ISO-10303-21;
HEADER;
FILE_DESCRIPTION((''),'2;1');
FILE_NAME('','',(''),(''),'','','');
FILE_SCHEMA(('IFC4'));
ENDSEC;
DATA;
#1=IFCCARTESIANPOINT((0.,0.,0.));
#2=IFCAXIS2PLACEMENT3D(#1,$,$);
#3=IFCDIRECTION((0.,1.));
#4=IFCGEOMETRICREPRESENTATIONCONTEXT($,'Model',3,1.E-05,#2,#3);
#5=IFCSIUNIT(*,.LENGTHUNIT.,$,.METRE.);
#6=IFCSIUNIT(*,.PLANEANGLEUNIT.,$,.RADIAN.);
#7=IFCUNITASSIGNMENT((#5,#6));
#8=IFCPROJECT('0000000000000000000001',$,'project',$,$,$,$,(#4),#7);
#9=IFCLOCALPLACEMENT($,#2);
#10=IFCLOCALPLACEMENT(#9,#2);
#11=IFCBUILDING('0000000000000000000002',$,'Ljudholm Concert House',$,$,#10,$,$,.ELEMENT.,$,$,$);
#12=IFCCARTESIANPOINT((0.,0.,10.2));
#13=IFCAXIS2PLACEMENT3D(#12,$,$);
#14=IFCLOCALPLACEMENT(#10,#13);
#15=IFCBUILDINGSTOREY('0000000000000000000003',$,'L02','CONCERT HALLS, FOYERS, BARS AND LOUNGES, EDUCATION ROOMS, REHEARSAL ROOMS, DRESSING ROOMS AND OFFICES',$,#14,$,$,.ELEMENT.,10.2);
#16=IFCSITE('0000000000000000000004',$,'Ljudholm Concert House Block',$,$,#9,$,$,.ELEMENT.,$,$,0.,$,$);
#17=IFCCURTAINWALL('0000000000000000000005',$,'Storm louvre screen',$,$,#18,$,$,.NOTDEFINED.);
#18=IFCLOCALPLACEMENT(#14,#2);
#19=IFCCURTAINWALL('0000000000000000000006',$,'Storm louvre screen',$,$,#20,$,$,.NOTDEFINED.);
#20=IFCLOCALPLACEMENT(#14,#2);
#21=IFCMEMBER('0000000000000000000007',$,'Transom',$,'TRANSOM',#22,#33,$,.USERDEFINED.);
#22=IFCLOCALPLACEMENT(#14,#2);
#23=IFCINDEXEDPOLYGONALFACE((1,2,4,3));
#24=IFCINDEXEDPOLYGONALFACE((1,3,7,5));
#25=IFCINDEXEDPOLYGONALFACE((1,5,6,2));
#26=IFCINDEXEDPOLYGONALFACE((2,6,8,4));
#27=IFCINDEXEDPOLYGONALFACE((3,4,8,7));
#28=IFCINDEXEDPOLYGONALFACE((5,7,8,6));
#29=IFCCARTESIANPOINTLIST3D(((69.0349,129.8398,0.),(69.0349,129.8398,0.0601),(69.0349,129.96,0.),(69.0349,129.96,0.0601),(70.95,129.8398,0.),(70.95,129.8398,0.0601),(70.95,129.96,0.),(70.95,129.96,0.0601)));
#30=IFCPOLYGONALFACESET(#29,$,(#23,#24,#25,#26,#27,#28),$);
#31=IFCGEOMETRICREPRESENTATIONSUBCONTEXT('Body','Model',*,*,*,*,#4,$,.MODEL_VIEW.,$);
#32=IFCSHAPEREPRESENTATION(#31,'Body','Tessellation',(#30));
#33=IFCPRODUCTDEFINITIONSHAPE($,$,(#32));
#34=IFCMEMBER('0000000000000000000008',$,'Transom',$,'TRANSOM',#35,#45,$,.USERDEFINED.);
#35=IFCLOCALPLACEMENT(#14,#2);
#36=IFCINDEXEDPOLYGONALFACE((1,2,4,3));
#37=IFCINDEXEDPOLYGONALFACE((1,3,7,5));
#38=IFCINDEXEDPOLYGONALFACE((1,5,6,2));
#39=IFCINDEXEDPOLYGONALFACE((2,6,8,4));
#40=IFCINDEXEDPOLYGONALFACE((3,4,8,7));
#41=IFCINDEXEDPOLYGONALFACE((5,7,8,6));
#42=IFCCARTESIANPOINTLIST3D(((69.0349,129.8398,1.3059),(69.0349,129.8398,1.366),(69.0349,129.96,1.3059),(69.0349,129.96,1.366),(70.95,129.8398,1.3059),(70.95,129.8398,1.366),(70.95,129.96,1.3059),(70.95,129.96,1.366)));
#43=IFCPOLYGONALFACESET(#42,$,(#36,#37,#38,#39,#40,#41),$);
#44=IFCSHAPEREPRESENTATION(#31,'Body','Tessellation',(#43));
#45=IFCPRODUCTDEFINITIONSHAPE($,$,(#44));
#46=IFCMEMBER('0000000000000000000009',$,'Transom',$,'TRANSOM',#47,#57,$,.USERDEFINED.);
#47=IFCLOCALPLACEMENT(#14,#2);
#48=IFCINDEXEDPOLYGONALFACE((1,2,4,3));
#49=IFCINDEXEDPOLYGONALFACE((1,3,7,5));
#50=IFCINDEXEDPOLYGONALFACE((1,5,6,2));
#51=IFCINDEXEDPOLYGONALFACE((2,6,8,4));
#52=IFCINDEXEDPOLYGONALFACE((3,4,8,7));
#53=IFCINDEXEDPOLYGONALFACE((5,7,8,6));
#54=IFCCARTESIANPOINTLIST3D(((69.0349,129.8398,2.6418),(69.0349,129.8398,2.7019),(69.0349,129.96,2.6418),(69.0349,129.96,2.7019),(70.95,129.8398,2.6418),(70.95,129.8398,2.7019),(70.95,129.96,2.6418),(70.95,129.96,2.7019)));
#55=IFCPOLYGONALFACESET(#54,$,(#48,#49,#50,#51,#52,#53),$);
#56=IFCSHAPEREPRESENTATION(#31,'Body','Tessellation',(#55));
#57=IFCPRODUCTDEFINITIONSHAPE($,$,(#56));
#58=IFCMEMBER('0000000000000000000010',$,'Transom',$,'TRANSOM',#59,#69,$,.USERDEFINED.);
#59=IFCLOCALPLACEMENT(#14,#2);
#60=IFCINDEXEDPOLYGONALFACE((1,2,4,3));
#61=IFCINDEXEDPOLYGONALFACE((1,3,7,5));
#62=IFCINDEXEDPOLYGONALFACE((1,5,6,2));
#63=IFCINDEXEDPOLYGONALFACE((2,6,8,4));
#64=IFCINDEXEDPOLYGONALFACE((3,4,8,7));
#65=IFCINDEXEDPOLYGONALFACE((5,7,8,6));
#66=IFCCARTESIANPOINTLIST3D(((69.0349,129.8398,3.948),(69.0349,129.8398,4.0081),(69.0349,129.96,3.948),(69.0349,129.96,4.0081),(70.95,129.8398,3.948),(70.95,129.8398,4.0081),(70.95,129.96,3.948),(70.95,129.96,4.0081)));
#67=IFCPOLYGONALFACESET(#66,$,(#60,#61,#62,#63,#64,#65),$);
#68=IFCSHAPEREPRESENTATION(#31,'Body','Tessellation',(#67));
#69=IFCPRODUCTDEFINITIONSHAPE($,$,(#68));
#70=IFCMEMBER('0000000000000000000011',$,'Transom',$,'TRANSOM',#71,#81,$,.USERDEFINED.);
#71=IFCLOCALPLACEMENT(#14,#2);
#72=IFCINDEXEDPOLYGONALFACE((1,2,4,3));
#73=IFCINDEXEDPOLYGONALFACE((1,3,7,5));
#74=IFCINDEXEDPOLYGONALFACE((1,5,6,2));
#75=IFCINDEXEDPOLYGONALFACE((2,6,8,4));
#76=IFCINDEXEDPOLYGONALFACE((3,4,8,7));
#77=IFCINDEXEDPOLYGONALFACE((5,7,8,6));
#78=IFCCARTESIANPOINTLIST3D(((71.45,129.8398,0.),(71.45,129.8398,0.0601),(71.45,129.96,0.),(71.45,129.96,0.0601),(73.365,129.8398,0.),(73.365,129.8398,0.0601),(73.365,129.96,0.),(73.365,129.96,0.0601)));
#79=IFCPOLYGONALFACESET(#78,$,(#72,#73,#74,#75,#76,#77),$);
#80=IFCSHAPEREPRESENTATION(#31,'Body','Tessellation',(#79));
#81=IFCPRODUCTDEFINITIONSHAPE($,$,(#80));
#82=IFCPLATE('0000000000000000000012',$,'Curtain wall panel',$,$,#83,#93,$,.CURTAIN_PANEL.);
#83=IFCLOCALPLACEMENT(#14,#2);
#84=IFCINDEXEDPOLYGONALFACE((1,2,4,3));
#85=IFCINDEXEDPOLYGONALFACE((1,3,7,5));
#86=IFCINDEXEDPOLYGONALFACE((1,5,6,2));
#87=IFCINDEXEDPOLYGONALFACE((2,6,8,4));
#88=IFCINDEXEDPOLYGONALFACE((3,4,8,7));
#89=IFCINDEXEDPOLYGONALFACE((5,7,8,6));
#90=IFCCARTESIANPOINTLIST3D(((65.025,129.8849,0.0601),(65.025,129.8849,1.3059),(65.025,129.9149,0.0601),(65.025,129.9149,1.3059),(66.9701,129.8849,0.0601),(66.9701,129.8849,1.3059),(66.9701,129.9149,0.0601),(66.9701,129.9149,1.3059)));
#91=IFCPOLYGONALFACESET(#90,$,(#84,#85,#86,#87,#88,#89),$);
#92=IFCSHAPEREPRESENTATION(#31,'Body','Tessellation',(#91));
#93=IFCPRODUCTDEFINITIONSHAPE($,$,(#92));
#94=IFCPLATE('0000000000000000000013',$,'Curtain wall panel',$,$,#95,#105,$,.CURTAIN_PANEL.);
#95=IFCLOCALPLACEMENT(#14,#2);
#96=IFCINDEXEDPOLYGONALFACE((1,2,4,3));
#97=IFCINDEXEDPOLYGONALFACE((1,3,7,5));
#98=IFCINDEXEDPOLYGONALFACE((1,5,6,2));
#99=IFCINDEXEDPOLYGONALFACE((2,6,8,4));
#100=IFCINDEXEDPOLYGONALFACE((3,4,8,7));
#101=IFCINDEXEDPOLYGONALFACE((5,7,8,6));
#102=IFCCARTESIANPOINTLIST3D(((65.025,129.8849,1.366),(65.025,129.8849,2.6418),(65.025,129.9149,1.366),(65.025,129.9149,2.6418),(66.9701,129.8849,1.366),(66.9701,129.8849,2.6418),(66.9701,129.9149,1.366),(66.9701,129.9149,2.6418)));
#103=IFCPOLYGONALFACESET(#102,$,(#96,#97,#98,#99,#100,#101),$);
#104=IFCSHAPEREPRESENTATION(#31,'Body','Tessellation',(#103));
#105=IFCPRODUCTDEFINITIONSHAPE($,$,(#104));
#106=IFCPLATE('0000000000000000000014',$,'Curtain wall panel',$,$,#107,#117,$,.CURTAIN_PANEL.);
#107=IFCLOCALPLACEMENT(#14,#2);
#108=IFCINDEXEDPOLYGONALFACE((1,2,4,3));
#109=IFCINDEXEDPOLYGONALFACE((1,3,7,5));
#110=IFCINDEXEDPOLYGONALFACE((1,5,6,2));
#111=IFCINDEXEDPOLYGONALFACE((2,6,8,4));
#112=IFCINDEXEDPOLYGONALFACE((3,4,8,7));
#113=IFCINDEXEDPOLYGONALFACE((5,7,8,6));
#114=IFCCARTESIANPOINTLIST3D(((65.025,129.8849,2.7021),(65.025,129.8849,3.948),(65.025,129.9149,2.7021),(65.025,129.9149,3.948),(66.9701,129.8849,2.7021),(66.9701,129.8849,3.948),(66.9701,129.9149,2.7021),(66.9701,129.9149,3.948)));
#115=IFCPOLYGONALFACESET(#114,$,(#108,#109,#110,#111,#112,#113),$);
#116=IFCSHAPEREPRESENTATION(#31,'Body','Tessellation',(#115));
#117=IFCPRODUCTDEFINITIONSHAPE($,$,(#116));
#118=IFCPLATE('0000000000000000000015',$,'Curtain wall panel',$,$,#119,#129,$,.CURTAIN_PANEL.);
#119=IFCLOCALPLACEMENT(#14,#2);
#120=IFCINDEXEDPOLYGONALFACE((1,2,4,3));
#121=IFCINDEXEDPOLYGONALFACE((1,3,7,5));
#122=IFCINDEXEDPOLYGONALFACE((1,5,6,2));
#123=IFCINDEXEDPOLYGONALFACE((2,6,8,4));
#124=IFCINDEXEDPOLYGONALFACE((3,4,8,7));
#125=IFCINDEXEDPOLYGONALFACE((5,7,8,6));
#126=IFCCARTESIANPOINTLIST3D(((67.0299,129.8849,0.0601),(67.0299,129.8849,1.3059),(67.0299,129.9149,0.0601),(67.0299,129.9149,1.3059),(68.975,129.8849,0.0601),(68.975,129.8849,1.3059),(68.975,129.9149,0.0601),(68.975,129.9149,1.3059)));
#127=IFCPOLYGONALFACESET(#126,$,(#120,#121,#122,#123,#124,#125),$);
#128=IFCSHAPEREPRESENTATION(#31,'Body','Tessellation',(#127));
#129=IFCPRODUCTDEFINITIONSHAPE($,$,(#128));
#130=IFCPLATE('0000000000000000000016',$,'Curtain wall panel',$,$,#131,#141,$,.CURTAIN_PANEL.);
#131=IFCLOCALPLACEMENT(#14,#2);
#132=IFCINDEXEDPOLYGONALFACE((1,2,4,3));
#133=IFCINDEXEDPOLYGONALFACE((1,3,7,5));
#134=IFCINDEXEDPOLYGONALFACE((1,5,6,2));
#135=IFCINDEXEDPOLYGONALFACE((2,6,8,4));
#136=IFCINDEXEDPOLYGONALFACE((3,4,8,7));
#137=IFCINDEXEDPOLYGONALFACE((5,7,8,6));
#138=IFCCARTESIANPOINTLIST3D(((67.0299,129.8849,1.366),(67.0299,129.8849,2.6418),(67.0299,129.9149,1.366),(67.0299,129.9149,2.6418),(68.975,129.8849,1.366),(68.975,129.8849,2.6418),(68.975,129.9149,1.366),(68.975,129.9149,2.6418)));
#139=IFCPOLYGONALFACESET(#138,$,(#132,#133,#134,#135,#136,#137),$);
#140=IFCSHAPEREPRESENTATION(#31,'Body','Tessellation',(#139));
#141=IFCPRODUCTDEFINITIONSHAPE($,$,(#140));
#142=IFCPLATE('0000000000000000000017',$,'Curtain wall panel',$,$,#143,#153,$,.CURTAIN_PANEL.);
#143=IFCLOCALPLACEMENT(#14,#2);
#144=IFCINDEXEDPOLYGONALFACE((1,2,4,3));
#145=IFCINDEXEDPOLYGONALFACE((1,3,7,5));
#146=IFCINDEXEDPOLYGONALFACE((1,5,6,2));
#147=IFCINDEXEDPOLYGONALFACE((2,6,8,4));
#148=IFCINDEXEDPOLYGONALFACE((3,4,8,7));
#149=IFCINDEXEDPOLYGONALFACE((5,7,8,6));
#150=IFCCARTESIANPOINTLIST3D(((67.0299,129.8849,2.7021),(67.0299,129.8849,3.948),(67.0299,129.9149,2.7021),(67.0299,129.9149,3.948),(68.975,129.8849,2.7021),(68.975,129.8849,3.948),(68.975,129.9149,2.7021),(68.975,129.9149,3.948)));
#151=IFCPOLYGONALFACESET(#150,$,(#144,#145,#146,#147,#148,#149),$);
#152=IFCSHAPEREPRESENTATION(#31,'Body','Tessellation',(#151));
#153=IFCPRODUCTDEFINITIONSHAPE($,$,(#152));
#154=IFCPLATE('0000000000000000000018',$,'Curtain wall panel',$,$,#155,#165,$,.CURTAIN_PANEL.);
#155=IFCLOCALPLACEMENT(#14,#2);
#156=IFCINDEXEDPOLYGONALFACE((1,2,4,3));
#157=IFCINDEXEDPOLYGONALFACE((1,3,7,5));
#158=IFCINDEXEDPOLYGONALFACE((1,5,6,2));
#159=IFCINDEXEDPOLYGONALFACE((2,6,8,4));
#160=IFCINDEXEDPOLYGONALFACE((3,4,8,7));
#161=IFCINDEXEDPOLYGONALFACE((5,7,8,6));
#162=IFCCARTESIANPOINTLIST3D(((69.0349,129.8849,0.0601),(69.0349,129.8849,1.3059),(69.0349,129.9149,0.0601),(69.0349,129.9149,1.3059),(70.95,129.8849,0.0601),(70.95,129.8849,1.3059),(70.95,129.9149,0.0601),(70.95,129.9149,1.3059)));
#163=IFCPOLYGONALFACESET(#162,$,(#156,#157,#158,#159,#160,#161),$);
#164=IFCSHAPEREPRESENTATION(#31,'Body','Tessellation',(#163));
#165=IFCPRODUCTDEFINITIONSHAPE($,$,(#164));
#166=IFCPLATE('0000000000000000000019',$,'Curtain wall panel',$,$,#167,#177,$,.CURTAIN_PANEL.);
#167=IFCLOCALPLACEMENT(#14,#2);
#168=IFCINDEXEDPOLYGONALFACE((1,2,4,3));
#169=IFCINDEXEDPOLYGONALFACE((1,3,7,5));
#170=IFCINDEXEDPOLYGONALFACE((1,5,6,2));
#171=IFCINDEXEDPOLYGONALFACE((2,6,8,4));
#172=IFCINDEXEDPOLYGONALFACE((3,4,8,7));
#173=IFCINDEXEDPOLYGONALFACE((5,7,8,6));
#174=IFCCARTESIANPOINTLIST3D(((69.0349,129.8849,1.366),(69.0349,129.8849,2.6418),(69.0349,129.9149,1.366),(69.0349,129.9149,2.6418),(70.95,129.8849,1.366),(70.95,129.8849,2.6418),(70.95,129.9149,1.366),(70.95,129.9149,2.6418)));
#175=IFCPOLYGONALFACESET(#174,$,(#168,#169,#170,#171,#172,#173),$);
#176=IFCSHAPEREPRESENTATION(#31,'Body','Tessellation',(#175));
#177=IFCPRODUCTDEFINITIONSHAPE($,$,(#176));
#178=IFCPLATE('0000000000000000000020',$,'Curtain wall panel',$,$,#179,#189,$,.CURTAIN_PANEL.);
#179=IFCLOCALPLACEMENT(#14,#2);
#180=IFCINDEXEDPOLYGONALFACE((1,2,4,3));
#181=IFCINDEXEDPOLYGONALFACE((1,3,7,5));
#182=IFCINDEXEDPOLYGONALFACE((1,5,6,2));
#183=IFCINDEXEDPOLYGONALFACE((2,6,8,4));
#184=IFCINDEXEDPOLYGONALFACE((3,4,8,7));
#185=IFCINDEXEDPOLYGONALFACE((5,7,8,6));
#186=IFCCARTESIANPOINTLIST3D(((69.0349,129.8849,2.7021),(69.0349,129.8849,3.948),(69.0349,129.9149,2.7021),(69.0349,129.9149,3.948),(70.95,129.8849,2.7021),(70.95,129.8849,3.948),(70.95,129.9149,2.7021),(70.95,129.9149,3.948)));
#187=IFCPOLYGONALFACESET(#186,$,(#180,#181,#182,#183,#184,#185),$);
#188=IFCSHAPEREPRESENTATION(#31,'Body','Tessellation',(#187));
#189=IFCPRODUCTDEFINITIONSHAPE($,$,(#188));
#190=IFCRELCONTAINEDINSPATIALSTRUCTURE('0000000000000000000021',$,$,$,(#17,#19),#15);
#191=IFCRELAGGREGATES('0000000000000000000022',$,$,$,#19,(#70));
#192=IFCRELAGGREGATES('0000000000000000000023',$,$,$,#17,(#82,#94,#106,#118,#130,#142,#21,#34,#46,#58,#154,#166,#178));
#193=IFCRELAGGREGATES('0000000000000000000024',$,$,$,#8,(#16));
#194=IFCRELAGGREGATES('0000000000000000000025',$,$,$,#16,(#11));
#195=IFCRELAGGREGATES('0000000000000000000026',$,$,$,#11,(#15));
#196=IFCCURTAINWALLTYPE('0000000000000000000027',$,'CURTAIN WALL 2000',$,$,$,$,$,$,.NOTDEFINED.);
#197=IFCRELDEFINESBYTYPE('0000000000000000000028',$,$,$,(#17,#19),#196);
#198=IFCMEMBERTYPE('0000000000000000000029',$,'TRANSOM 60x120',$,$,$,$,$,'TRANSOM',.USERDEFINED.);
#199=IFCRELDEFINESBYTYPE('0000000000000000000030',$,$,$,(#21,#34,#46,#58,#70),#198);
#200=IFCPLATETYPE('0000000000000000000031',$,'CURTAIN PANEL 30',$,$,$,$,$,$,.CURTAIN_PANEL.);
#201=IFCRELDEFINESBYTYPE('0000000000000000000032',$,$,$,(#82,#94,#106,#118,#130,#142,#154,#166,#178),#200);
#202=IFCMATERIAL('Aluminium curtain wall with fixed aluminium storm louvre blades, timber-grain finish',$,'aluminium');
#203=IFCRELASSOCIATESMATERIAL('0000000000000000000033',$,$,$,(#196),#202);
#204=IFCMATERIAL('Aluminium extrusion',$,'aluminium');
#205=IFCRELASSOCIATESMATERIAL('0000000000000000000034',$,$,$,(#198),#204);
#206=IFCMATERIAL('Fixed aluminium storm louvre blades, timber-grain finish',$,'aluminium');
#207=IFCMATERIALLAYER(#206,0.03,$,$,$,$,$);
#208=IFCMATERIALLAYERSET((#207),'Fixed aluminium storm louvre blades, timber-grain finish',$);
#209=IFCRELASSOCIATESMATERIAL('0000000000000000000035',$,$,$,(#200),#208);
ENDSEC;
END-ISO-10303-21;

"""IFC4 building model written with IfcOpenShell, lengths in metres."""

from ifc_helpers import new_model, si_unit, direction, frame, origin, origin_2d, place, context, subcontext, project, spatial, rectangle, extrude, material, layer, layer_set, material_profile, profile_set, type_object, element, aggregate, save


model = new_model("IFC4")

# Units and contexts
model_context = context("Model", 3, precision=1e-05, world=origin(), true_north=direction((0.0, 1.0)))
body_context = subcontext(model_context, "Body", "Model", "MODEL_VIEW")
ifc_project = project(units=[si_unit("LENGTHUNIT", "METRE"), si_unit("PLANEANGLEUNIT", "RADIAN")], contexts=[model_context])

# Site, building, storey
site_placement = place(None, origin())
site = spatial("IfcSite", under=ifc_project, at=site_placement, Name="Ljudholm Concert House Block", CompositionType="ELEMENT", RefElevation=0.0)
building_placement = place(site_placement, origin())
building = spatial("IfcBuilding", under=site, at=building_placement, Name="Ljudholm Concert House", CompositionType="ELEMENT")
storey_placement = place(building_placement, frame((0.0, 0.0, 10.2)))
storey = spatial("IfcBuildingStorey", under=building, at=storey_placement, Name="L02", Description="CONCERT HALLS, FOYERS, BARS AND LOUNGES, EDUCATION ROOMS, REHEARSAL ROOMS, DRESSING ROOMS AND OFFICES", CompositionType="ELEMENT", Elevation=10.2)

# Curtain wall
ifc_material_1 = material(Name="Aluminium curtain wall with fixed aluminium storm louvre blades, timber-grain finish", Category="aluminium")
curtain_wall_type = type_object("IfcCurtainWallType", Name="CURTAIN WALL 2000", PredefinedType="NOTDEFINED", material=ifc_material_1)
curtain_wall_1_placement = place(storey_placement, origin())
curtain_wall_1 = element("IfcCurtainWall", 1, at=curtain_wall_1_placement, inside=storey, type_object=curtain_wall_type, Name="Storm louvre screen", PredefinedType="NOTDEFINED")

# Curtain wall
curtain_wall_2_placement = place(storey_placement, origin())
curtain_wall_2 = element("IfcCurtainWall", 2, at=curtain_wall_2_placement, inside=storey, type_object=curtain_wall_type, Name="Storm louvre screen", PredefinedType="NOTDEFINED")

# Members
ifc_material_2 = material(Name="Aluminium extrusion", Category="aluminium")
ifc_material_profile_1 = material_profile(ifc_material_2, rectangle(XDim=0.1201, YDim=0.0601, at=origin_2d()), Name="TRANSOM 60x120")
ifc_profile_set_1 = profile_set([ifc_material_profile_1], Name="Aluminium extrusion")
member_type_1 = type_object("IfcMemberType", Name="TRANSOM 60x120", ElementType="TRANSOM", PredefinedType="USERDEFINED", material=ifc_profile_set_1)
member_1_placement = place(storey_placement, frame((69.0349, 129.8999, 0.03), z_axis=(1.0, 0.0, 0.0), x_axis=(0.0, 1.0, 0.0)))
member_1 = element("IfcMember", 3, at=member_1_placement, type_object=member_type_1, Name="Transom", ObjectType="TRANSOM", PredefinedType="USERDEFINED", context=body_context, shape_type="SweptSolid", body=[
    extrude(rectangle(XDim=0.1201, YDim=0.0601, at=origin_2d()), origin(), (0.0, 0.0, 1.0), 1.915),
])
member_2_placement = place(storey_placement, frame((69.0349, 129.8999, 1.3359), z_axis=(1.0, 0.0, 0.0), x_axis=(0.0, 1.0, 0.0)))
member_2 = element("IfcMember", 4, at=member_2_placement, type_object=member_type_1, Name="Transom", ObjectType="TRANSOM", PredefinedType="USERDEFINED", context=body_context, shape_type="SweptSolid", body=[
    extrude(rectangle(XDim=0.1201, YDim=0.0601, at=origin_2d()), origin(), (0.0, 0.0, 1.0), 1.915),
])
member_3_placement = place(storey_placement, frame((69.0349, 129.8999, 2.6719), z_axis=(1.0, 0.0, 0.0), x_axis=(0.0, 1.0, 0.0)))
member_3 = element("IfcMember", 5, at=member_3_placement, type_object=member_type_1, Name="Transom", ObjectType="TRANSOM", PredefinedType="USERDEFINED", context=body_context, shape_type="SweptSolid", body=[
    extrude(rectangle(XDim=0.1201, YDim=0.0601, at=origin_2d()), origin(), (0.0, 0.0, 1.0), 1.915),
])
member_4_placement = place(storey_placement, frame((69.0349, 129.8999, 3.978), z_axis=(1.0, 0.0, 0.0), x_axis=(0.0, 1.0, 0.0)))
member_4 = element("IfcMember", 6, at=member_4_placement, type_object=member_type_1, Name="Transom", ObjectType="TRANSOM", PredefinedType="USERDEFINED", context=body_context, shape_type="SweptSolid", body=[
    extrude(rectangle(XDim=0.1201, YDim=0.0601, at=origin_2d()), origin(), (0.0, 0.0, 1.0), 1.915),
])
member_5_placement = place(storey_placement, frame((71.45, 129.8999, 0.03), z_axis=(1.0, 0.0, 0.0), x_axis=(0.0, 1.0, 0.0)))
member_5 = element("IfcMember", 7, at=member_5_placement, type_object=member_type_1, Name="Transom", ObjectType="TRANSOM", PredefinedType="USERDEFINED", context=body_context, shape_type="SweptSolid", body=[
    extrude(rectangle(XDim=0.1201, YDim=0.0601, at=origin_2d()), origin(), (0.0, 0.0, 1.0), 1.915),
])
aggregate(curtain_wall_2, [member_5])

# Plates
ifc_material_3 = material(Name="Fixed aluminium storm louvre blades, timber-grain finish", Category="aluminium")
ifc_layer = layer(ifc_material_3, 0.03)
ifc_layer_set = layer_set([ifc_layer], Name="Fixed aluminium storm louvre blades, timber-grain finish")
plate_type = type_object("IfcPlateType", Name="CURTAIN PANEL 30", PredefinedType="CURTAIN_PANEL", material=ifc_layer_set)
plate_1_placement = place(storey_placement, frame((65.9976, 129.8999, 0.0601), z_axis=(0.0, 0.0, 1.0), x_axis=(1.0, 0.0, 0.0)))
plate_1 = element("IfcPlate", 8, at=plate_1_placement, type_object=plate_type, Name="Curtain wall panel", PredefinedType="CURTAIN_PANEL", context=body_context, shape_type="SweptSolid", body=[
    extrude(rectangle(XDim=1.9451, YDim=0.03, at=origin_2d()), origin(), (0.0, 0.0, 1.0), 1.2458),
])
plate_2_placement = place(storey_placement, frame((65.9976, 129.8999, 1.366), z_axis=(0.0, 0.0, 1.0), x_axis=(1.0, 0.0, 0.0)))
plate_2 = element("IfcPlate", 9, at=plate_2_placement, type_object=plate_type, Name="Curtain wall panel", PredefinedType="CURTAIN_PANEL", context=body_context, shape_type="SweptSolid", body=[
    extrude(rectangle(XDim=1.9451, YDim=0.03, at=origin_2d()), origin(), (0.0, 0.0, 1.0), 1.2759),
])
plate_3_placement = place(storey_placement, frame((65.9976, 129.8999, 2.7021), z_axis=(0.0, 0.0, 1.0), x_axis=(1.0, 0.0, 0.0)))
plate_3 = element("IfcPlate", 10, at=plate_3_placement, type_object=plate_type, Name="Curtain wall panel", PredefinedType="CURTAIN_PANEL", context=body_context, shape_type="SweptSolid", body=[
    extrude(rectangle(XDim=1.9451, YDim=0.03, at=origin_2d()), origin(), (0.0, 0.0, 1.0), 1.2458),
])
plate_4_placement = place(storey_placement, frame((68.0024, 129.8999, 0.0601), z_axis=(0.0, 0.0, 1.0), x_axis=(1.0, 0.0, 0.0)))
plate_4 = element("IfcPlate", 11, at=plate_4_placement, type_object=plate_type, Name="Curtain wall panel", PredefinedType="CURTAIN_PANEL", context=body_context, shape_type="SweptSolid", body=[
    extrude(rectangle(XDim=1.9451, YDim=0.03, at=origin_2d()), origin(), (0.0, 0.0, 1.0), 1.2458),
])
plate_5_placement = place(storey_placement, frame((68.0024, 129.8999, 1.366), z_axis=(0.0, 0.0, 1.0), x_axis=(1.0, 0.0, 0.0)))
plate_5 = element("IfcPlate", 12, at=plate_5_placement, type_object=plate_type, Name="Curtain wall panel", PredefinedType="CURTAIN_PANEL", context=body_context, shape_type="SweptSolid", body=[
    extrude(rectangle(XDim=1.9451, YDim=0.03, at=origin_2d()), origin(), (0.0, 0.0, 1.0), 1.2759),
])
plate_6_placement = place(storey_placement, frame((68.0024, 129.8999, 2.7021), z_axis=(0.0, 0.0, 1.0), x_axis=(1.0, 0.0, 0.0)))
plate_6 = element("IfcPlate", 13, at=plate_6_placement, type_object=plate_type, Name="Curtain wall panel", PredefinedType="CURTAIN_PANEL", context=body_context, shape_type="SweptSolid", body=[
    extrude(rectangle(XDim=1.9451, YDim=0.03, at=origin_2d()), origin(), (0.0, 0.0, 1.0), 1.2458),
])
plate_7_placement = place(storey_placement, frame((69.9924, 129.8999, 0.0601), z_axis=(0.0, 0.0, 1.0), x_axis=(1.0, 0.0, 0.0)))
plate_7 = element("IfcPlate", 14, at=plate_7_placement, type_object=plate_type, Name="Curtain wall panel", PredefinedType="CURTAIN_PANEL", context=body_context, shape_type="SweptSolid", body=[
    extrude(rectangle(XDim=1.915, YDim=0.03, at=origin_2d()), origin(), (0.0, 0.0, 1.0), 1.2458),
])
plate_8_placement = place(storey_placement, frame((69.9924, 129.8999, 1.366), z_axis=(0.0, 0.0, 1.0), x_axis=(1.0, 0.0, 0.0)))
plate_8 = element("IfcPlate", 15, at=plate_8_placement, type_object=plate_type, Name="Curtain wall panel", PredefinedType="CURTAIN_PANEL", context=body_context, shape_type="SweptSolid", body=[
    extrude(rectangle(XDim=1.915, YDim=0.03, at=origin_2d()), origin(), (0.0, 0.0, 1.0), 1.2759),
])
plate_9_placement = place(storey_placement, frame((69.9924, 129.8999, 2.7021), z_axis=(0.0, 0.0, 1.0), x_axis=(1.0, 0.0, 0.0)))
plate_9 = element("IfcPlate", 16, at=plate_9_placement, type_object=plate_type, Name="Curtain wall panel", PredefinedType="CURTAIN_PANEL", context=body_context, shape_type="SweptSolid", body=[
    extrude(rectangle(XDim=1.915, YDim=0.03, at=origin_2d()), origin(), (0.0, 0.0, 1.0), 1.2458),
])
aggregate(curtain_wall_1, [plate_1, plate_2, plate_3, plate_4, plate_5, plate_6, member_1, member_2, member_3, member_4, plate_7, plate_8, plate_9])

save(model, "model.ifc")
